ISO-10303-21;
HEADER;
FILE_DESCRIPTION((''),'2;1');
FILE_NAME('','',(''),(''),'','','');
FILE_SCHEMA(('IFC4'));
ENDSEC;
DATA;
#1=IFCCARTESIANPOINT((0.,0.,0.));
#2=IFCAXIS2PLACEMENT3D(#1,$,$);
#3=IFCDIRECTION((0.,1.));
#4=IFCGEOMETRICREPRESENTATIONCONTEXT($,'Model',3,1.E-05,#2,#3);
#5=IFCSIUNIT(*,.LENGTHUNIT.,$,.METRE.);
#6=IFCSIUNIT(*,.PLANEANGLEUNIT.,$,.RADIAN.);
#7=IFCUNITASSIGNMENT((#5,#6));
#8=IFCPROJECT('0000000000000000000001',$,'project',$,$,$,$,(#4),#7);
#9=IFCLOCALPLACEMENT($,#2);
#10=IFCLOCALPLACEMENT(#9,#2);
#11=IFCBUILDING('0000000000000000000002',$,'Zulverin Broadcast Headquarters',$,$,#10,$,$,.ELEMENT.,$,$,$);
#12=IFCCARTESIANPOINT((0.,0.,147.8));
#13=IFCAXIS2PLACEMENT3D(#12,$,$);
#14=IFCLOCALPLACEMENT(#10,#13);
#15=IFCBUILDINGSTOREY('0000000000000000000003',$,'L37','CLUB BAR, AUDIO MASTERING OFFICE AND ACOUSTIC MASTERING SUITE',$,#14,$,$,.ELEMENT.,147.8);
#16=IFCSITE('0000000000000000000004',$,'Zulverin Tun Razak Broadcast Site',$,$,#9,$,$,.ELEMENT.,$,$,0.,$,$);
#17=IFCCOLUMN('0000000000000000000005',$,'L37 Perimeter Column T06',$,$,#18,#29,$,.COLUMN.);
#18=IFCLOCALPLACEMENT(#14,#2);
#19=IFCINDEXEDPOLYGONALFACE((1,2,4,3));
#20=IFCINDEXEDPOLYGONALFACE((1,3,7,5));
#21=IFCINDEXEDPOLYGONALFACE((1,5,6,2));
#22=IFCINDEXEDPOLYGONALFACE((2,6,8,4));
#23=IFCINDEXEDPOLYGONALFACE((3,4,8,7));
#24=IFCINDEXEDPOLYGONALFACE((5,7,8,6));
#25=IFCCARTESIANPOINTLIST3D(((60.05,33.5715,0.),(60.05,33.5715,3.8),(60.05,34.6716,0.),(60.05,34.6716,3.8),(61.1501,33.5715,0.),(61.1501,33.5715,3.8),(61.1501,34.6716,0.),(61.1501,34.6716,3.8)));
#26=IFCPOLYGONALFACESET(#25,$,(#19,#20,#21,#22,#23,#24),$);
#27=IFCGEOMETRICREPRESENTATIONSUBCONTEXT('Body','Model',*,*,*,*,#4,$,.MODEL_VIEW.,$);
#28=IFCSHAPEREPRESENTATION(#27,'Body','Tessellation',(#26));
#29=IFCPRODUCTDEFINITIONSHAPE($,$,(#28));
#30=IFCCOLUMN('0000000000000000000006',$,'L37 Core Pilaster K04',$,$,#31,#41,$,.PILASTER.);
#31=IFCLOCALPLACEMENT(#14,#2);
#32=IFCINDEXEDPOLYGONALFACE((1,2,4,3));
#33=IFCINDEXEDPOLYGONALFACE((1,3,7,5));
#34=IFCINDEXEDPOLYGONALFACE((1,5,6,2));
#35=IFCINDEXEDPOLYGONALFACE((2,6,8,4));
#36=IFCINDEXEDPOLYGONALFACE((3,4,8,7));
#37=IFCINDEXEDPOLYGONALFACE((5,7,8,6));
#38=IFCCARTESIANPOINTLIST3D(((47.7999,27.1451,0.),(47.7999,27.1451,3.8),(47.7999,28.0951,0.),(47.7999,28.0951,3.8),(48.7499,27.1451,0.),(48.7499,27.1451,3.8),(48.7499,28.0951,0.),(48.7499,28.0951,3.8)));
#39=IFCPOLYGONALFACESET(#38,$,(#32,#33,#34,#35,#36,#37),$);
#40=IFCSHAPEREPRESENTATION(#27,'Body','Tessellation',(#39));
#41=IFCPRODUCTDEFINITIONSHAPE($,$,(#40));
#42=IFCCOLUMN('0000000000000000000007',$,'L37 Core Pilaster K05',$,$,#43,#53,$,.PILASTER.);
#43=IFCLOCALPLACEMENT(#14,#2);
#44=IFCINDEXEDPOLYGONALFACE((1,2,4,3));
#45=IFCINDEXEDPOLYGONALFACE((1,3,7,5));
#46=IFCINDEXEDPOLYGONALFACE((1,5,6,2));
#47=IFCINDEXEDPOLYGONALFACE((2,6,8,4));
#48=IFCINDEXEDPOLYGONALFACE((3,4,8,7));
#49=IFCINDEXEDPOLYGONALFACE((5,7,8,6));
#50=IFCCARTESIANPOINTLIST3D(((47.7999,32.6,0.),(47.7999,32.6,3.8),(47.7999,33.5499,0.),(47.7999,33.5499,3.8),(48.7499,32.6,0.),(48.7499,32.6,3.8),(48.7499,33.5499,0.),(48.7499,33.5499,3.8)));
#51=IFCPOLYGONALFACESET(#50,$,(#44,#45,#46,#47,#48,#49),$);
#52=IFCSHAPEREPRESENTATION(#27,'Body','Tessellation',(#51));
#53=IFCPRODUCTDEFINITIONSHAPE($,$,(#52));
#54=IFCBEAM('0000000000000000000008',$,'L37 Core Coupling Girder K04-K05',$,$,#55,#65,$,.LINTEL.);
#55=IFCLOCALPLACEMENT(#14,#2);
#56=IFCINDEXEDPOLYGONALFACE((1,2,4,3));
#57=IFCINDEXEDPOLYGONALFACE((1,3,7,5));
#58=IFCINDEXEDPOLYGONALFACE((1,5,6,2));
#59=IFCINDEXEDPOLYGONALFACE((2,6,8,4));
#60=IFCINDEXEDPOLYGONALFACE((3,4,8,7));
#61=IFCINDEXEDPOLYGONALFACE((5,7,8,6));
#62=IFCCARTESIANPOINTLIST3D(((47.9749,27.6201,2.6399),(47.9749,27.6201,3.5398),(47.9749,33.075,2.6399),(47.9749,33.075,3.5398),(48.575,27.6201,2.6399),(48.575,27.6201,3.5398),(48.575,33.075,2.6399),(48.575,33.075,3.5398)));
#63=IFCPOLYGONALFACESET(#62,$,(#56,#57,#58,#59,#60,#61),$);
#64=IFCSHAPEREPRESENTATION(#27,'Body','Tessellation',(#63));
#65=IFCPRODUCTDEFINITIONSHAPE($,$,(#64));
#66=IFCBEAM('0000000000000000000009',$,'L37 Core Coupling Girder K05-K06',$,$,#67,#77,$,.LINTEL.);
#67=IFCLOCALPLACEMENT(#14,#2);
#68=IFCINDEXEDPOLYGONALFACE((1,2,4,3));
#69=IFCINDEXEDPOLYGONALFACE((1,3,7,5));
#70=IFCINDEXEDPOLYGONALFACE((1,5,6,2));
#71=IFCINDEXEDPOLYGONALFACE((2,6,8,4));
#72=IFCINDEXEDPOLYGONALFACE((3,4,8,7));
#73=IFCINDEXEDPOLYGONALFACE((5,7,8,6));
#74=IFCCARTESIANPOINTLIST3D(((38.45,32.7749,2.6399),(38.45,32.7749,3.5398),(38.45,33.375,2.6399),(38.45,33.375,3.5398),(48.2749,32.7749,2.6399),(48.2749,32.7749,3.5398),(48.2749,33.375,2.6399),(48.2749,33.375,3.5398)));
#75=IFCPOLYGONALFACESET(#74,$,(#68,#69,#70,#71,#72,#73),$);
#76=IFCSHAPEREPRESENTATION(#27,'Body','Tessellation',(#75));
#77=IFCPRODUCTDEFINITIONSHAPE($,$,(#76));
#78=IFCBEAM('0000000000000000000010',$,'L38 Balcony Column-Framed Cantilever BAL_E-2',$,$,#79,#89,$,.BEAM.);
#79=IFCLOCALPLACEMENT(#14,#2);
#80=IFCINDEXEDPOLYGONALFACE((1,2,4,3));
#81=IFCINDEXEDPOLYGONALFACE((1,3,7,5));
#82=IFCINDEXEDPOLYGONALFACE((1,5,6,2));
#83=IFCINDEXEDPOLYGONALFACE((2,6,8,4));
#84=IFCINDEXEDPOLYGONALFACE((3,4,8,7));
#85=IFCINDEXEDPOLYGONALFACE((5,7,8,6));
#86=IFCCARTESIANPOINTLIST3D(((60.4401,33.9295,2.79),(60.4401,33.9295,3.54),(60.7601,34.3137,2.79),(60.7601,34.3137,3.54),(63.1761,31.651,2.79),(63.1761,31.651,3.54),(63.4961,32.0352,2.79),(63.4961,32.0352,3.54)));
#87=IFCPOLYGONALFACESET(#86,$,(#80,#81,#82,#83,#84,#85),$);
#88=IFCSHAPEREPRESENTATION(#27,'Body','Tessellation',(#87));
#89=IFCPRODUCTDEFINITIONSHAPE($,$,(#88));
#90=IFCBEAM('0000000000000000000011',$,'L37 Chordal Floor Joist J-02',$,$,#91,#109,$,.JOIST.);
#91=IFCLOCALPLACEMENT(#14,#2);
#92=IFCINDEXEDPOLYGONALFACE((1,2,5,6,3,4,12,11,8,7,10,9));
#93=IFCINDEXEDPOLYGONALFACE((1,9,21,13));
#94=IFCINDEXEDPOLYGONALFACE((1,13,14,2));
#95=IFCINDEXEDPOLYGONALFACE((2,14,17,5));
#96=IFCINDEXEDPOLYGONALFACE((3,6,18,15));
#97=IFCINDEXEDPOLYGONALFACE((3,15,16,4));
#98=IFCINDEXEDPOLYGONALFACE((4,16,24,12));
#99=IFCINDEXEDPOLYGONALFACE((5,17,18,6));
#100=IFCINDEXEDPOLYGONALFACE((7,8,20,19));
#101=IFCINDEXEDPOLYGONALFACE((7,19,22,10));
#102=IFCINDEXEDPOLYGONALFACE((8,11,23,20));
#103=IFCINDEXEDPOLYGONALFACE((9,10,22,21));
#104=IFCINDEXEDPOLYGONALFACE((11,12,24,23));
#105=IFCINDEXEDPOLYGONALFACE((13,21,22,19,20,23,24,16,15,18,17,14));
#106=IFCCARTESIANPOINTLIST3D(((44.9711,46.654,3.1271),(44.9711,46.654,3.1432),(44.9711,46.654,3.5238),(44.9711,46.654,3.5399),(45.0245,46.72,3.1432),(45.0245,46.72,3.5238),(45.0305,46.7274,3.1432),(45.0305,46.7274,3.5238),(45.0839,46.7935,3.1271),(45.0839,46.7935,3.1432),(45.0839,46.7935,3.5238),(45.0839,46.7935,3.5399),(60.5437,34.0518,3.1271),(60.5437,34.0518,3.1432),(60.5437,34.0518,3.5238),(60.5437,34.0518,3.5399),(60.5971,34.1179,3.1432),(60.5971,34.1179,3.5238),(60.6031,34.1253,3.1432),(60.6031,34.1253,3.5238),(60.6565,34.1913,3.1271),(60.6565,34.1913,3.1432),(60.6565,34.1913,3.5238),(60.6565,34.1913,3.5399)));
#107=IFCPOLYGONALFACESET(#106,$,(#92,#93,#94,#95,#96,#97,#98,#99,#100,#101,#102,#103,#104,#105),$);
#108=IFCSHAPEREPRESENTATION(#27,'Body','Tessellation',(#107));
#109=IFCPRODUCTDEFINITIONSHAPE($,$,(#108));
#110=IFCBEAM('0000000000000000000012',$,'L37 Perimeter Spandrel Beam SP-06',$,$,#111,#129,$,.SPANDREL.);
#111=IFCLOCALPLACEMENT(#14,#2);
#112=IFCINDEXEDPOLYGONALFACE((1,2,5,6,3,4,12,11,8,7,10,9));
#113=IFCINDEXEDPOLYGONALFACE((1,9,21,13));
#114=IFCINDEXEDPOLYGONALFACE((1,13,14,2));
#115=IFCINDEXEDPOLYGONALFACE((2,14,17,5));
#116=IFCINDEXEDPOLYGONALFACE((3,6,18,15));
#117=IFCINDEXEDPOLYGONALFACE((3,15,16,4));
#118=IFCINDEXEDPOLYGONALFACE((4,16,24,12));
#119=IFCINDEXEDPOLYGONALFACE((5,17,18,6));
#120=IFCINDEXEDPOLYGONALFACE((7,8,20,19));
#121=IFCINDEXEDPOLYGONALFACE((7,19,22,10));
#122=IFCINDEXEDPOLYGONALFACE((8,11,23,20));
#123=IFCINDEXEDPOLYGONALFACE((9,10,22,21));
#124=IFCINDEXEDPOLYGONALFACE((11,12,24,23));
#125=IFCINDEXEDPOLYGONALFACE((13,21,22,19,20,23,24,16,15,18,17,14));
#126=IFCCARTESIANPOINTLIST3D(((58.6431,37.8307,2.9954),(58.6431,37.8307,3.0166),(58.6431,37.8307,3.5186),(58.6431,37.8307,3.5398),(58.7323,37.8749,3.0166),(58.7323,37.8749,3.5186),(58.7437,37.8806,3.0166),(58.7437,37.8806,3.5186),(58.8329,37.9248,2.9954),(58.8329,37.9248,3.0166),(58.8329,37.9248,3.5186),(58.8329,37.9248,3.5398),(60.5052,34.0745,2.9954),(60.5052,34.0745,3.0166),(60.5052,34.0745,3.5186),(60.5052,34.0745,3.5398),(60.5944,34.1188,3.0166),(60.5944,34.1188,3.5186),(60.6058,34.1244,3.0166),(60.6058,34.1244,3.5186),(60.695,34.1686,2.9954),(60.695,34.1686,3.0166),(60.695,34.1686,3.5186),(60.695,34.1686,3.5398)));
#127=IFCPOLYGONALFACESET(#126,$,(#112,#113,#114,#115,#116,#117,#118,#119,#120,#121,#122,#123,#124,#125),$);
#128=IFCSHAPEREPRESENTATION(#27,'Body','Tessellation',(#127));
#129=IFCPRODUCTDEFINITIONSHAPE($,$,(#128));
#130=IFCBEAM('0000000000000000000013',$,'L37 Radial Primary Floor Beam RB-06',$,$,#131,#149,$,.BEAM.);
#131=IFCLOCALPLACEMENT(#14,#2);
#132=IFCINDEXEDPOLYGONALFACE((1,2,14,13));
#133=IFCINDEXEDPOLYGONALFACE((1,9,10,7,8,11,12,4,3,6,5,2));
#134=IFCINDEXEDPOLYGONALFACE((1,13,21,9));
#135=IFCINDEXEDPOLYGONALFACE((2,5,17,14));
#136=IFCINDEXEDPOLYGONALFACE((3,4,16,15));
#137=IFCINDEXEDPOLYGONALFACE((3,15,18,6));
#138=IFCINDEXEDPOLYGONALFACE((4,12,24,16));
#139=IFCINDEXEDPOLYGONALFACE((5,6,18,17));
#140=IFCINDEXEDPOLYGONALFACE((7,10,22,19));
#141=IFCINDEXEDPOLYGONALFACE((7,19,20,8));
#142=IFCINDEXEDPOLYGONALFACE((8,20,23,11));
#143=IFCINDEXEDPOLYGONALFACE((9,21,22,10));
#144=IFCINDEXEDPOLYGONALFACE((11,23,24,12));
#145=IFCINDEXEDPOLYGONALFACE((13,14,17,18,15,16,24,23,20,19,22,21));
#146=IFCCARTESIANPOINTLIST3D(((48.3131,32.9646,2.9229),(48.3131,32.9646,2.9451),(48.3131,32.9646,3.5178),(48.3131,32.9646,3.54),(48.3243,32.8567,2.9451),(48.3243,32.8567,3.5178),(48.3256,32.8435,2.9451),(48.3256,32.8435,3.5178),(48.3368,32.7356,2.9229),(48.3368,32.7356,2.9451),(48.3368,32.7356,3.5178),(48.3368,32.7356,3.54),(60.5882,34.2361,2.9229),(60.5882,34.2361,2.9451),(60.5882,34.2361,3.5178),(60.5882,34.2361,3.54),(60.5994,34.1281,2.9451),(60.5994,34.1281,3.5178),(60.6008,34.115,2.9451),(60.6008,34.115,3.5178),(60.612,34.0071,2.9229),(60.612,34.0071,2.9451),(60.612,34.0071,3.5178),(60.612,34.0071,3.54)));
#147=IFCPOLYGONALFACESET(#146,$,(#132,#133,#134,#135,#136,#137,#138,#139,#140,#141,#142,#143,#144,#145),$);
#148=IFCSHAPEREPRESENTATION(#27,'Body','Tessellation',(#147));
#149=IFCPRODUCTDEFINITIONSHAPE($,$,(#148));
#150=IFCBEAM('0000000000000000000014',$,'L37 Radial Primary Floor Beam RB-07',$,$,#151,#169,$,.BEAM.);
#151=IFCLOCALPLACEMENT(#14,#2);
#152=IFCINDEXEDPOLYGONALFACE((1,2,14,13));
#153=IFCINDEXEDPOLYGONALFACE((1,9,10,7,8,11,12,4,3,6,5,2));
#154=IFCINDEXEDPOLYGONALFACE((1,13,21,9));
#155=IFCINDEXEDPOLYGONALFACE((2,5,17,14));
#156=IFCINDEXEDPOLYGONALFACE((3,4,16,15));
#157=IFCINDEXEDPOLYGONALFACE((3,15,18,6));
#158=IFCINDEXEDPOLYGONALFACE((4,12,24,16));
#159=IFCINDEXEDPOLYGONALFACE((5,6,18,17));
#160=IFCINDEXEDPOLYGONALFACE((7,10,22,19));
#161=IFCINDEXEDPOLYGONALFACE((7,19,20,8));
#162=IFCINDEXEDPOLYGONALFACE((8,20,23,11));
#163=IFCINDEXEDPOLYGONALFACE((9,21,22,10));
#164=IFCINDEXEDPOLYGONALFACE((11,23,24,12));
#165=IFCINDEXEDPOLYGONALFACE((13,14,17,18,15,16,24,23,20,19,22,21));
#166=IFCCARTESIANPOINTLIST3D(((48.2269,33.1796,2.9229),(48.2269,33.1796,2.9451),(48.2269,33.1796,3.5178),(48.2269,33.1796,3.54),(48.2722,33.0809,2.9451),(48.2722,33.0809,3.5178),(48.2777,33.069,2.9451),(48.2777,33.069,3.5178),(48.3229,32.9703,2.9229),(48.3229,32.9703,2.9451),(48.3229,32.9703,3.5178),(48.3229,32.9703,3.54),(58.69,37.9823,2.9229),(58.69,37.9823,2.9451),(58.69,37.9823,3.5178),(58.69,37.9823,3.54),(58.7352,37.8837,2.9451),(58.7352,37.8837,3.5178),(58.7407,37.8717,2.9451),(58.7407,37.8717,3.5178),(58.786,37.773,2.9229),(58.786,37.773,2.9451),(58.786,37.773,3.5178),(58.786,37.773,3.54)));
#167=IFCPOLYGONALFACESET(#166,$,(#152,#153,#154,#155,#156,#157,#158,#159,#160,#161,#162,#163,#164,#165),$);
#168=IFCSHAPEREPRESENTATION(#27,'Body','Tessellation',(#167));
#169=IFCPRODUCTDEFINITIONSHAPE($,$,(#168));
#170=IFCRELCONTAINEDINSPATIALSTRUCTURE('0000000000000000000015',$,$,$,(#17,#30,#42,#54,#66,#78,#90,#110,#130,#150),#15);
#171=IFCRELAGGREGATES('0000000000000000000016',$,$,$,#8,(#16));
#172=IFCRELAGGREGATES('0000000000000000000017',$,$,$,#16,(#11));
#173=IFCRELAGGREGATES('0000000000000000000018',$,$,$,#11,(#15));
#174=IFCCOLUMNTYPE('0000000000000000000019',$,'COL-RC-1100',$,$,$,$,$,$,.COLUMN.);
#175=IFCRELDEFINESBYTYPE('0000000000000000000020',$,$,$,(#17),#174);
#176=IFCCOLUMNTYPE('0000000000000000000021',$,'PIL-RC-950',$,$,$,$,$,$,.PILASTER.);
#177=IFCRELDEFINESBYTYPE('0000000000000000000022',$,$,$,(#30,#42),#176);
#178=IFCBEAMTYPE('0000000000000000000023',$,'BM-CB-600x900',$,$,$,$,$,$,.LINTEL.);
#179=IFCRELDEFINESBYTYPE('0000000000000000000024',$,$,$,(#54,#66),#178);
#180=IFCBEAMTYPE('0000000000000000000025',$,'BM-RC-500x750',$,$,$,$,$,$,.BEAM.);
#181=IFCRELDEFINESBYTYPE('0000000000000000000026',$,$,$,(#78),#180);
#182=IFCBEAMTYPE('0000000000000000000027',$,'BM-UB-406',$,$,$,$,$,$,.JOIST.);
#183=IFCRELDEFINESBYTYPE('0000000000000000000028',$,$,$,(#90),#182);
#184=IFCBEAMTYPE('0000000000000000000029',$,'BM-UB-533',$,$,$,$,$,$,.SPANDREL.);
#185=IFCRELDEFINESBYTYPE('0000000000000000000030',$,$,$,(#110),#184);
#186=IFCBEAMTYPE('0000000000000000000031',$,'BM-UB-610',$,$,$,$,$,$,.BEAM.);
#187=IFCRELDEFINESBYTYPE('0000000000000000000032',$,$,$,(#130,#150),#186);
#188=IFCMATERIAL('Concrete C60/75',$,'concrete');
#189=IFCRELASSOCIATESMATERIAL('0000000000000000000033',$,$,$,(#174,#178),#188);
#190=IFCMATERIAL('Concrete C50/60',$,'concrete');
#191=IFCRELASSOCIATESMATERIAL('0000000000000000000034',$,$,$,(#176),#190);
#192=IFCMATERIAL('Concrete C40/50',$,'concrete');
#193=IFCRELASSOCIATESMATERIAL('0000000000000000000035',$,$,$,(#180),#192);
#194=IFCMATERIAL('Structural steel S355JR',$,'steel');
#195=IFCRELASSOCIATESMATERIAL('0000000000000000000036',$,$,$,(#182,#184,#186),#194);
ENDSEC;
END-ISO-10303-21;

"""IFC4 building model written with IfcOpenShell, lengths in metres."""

from ifc_helpers import new_model, si_unit, direction, frame, origin, origin_2d, place, context, subcontext, project, spatial, rectangle, i_section, extrude, material, material_profile, profile_set, type_object, element, save


model = new_model("IFC4")

# Units and contexts
model_context = context("Model", 3, precision=1e-05, world=origin(), true_north=direction((0.0, 1.0)))
body_context = subcontext(model_context, "Body", "Model", "MODEL_VIEW")
ifc_project = project(units=[si_unit("LENGTHUNIT", "METRE"), si_unit("PLANEANGLEUNIT", "RADIAN")], contexts=[model_context])

# Site, building, storey
site_placement = place(None, origin())
site = spatial("IfcSite", under=ifc_project, at=site_placement, Name="Zulverin Tun Razak Broadcast Site", CompositionType="ELEMENT", RefElevation=0.0)
building_placement = place(site_placement, origin())
building = spatial("IfcBuilding", under=site, at=building_placement, Name="Zulverin Broadcast Headquarters", CompositionType="ELEMENT")
storey_placement = place(building_placement, frame((0.0, 0.0, 147.8)))
storey = spatial("IfcBuildingStorey", under=building, at=storey_placement, Name="L37", Description="CLUB BAR, AUDIO MASTERING OFFICE AND ACOUSTIC MASTERING SUITE", CompositionType="ELEMENT", Elevation=147.8)

# Columns
ifc_material_1 = material(Name="Concrete C60/75", Category="concrete")
ifc_material_profile_1 = material_profile(ifc_material_1, rectangle(XDim=1.1001, YDim=1.1001, at=origin_2d()), Name="Concrete C60/75", Category="concrete")
ifc_profile_set_1 = profile_set([ifc_material_profile_1], Name="Concrete C60/75")
column_type_1 = type_object("IfcColumnType", Name="COL-RC-1100", PredefinedType="COLUMN", material=ifc_profile_set_1)
column_placement = place(storey_placement, frame((60.6001, 34.1216, 0.0), z_axis=(0.0, 0.0, 1.0), x_axis=(1.0, 0.0, 0.0)))
element("IfcColumn", 1, at=column_placement, inside=storey, type_object=column_type_1, Name="L37 Perimeter Column T06", PredefinedType="COLUMN", context=body_context, shape_type="SweptSolid", body=[
    extrude(rectangle(XDim=1.1001, YDim=1.1001, at=origin_2d()), origin(), (0.0, 0.0, 1.0), 3.8),
])
ifc_material_2 = material(Name="Concrete C50/60", Category="concrete")
ifc_material_profile_2 = material_profile(ifc_material_2, rectangle(XDim=0.95, YDim=0.95, at=origin_2d()), Name="Concrete C50/60", Category="concrete")
ifc_profile_set_2 = profile_set([ifc_material_profile_2], Name="Concrete C50/60")
column_type_2 = type_object("IfcColumnType", Name="PIL-RC-950", PredefinedType="PILASTER", material=ifc_profile_set_2)
for number, where, z_axis, x_axis, name in (
    (2, (48.2749, 27.6201, 0.0), (0.0, 0.0, 1.0), (1.0, 0.0, 0.0), "L37 Core Pilaster K04"),
    (3, (48.2749, 33.075, 0.0), (0.0, 0.0, 1.0), (1.0, 0.0, 0.0), "L37 Core Pilaster K05"),
):
    element("IfcColumn", number, at=place(storey_placement, frame(where, z_axis=z_axis, x_axis=x_axis)), inside=storey, type_object=column_type_2, Name=name, PredefinedType="PILASTER", context=body_context, shape_type="SweptSolid", body=[
        extrude(rectangle(XDim=0.95, YDim=0.95, at=origin_2d()), origin(), (0.0, 0.0, 1.0), 3.8),
    ])

# Beams
ifc_material_profile_3 = material_profile(ifc_material_1, rectangle(XDim=0.6001, YDim=0.8999, at=origin_2d()), Name="Concrete C60/75", Category="concrete")
ifc_profile_set_3 = profile_set([ifc_material_profile_3], Name="Concrete C60/75")
beam_type_1 = type_object("IfcBeamType", Name="BM-CB-600x900", PredefinedType="LINTEL", material=ifc_profile_set_3)
beam_1_placement = place(storey_placement, frame((48.2749, 27.6201, 3.0898), z_axis=(0.0, 1.0, 0.0), x_axis=(-1.0, 0.0, 0.0)))
element("IfcBeam", 4, at=beam_1_placement, inside=storey, type_object=beam_type_1, Name="L37 Core Coupling Girder K04-K05", PredefinedType="LINTEL", context=body_context, shape_type="SweptSolid", body=[
    extrude(rectangle(XDim=0.6001, YDim=0.8999, at=origin_2d()), origin(), (0.0, 0.0, 1.0), 5.4548),
])
beam_2_placement = place(storey_placement, frame((48.2749, 33.075, 3.0898), z_axis=(-1.0, 0.0, 0.0), x_axis=(0.0, -1.0, 0.0)))
element("IfcBeam", 5, at=beam_2_placement, inside=storey, type_object=beam_type_1, Name="L37 Core Coupling Girder K05-K06", PredefinedType="LINTEL", context=body_context, shape_type="SweptSolid", body=[
    extrude(rectangle(XDim=0.6001, YDim=0.8999, at=origin_2d()), origin(), (0.0, 0.0, 1.0), 9.825),
])
ifc_material_3 = material(Name="Concrete C40/50", Category="concrete")
ifc_material_profile_4 = material_profile(ifc_material_3, rectangle(XDim=0.5, YDim=0.75, at=origin_2d()), Name="Concrete C40/50", Category="concrete")
ifc_profile_set_4 = profile_set([ifc_material_profile_4], Name="Concrete C40/50")
beam_type_2 = type_object("IfcBeamType", Name="BM-RC-500x750", PredefinedType="BEAM", material=ifc_profile_set_4)
beam_3_placement = place(storey_placement, frame((60.6001, 34.1216, 3.165), z_axis=(0.768429, -0.639935, 0.0), x_axis=(0.639935, 0.768429, 0.0)))
element("IfcBeam", 6, at=beam_3_placement, inside=storey, type_object=beam_type_2, Name="L38 Balcony Column-Framed Cantilever BAL_E-2", PredefinedType="BEAM", context=body_context, shape_type="SweptSolid", body=[
    extrude(rectangle(XDim=0.5, YDim=0.75, at=origin_2d()), origin(), (0.0, 0.0, 1.0), 3.5605),
])
ifc_material_4 = material(Name="Structural steel S355JR", Category="steel")
ifc_material_profile_5 = material_profile(ifc_material_4, i_section(OverallWidth=0.1794, OverallDepth=0.4128, WebThickness=0.0095, FlangeThickness=0.0161, at=origin_2d()), Name="Structural steel S355JR", Category="steel")
ifc_profile_set_5 = profile_set([ifc_material_profile_5], Name="Structural steel S355JR")
beam_type_3 = type_object("IfcBeamType", Name="BM-UB-406", PredefinedType="JOIST", material=ifc_profile_set_5)
beam_4_placement = place(storey_placement, frame((60.6001, 34.1216, 3.3335), z_axis=(-0.777349, 0.62907, 0.0), x_axis=(-0.62907, -0.777349, 0.0)))
element("IfcBeam", 7, at=beam_4_placement, inside=storey, type_object=beam_type_3, Name="L37 Chordal Floor Joist J-02", PredefinedType="JOIST", context=body_context, shape_type="SweptSolid", body=[
    extrude(i_section(OverallWidth=0.1794, OverallDepth=0.4128, WebThickness=0.0095, FlangeThickness=0.0161, at=origin_2d()), origin(), (0.0, 0.0, 1.0), 20.033),
])
ifc_material_profile_6 = material_profile(ifc_material_4, i_section(OverallWidth=0.2119, OverallDepth=0.5444, WebThickness=0.0127, FlangeThickness=0.0212, at=origin_2d()), Name="Structural steel S355JR", Category="steel")
ifc_profile_set_6 = profile_set([ifc_material_profile_6], Name="Structural steel S355JR")
beam_type_4 = type_object("IfcBeamType", Name="BM-UB-533", PredefinedType="SPANDREL", material=ifc_profile_set_6)
beam_5_placement = place(storey_placement, frame((60.6001, 34.1216, 3.2676), z_axis=(-0.444159, 0.895948, 0.0), x_axis=(-0.895948, -0.444159, 0.0)))
element("IfcBeam", 8, at=beam_5_placement, inside=storey, type_object=beam_type_4, Name="L37 Perimeter Spandrel Beam SP-06", PredefinedType="SPANDREL", context=body_context, shape_type="SweptSolid", body=[
    extrude(i_section(OverallWidth=0.2119, OverallDepth=0.5444, WebThickness=0.0127, FlangeThickness=0.0212, at=origin_2d()), origin(), (0.0, 0.0, 1.0), 4.1924),
])
ifc_material_profile_7 = material_profile(ifc_material_4, i_section(OverallWidth=0.2302, OverallDepth=0.6172, WebThickness=0.0132, FlangeThickness=0.0222, at=origin_2d()), Name="Structural steel S355JR", Category="steel")
ifc_profile_set_7 = profile_set([ifc_material_profile_7], Name="Structural steel S355JR")
beam_type_5 = type_object("IfcBeamType", Name="BM-UB-610", PredefinedType="BEAM", material=ifc_profile_set_7)
beam_6_placement = place(storey_placement, frame((48.325, 32.8501, 3.2314), z_axis=(0.994678, 0.103031, 0.0), x_axis=(-0.103031, 0.994678, 0.0)))
element("IfcBeam", 9, at=beam_6_placement, inside=storey, type_object=beam_type_5, Name="L37 Radial Primary Floor Beam RB-06", PredefinedType="BEAM", context=body_context, shape_type="SweptSolid", body=[
    extrude(i_section(OverallWidth=0.2302, OverallDepth=0.6172, WebThickness=0.0132, FlangeThickness=0.0222, at=origin_2d()), origin(), (0.0, 0.0, 1.0), 12.3408),
])
beam_7_placement = place(storey_placement, frame((48.2749, 33.075, 3.2314), z_axis=(0.90883, 0.417167, 0.0), x_axis=(-0.417167, 0.90883, 0.0)))
element("IfcBeam", 10, at=beam_7_placement, inside=storey, type_object=beam_type_5, Name="L37 Radial Primary Floor Beam RB-07", PredefinedType="BEAM", context=body_context, shape_type="SweptSolid", body=[
    extrude(i_section(OverallWidth=0.2302, OverallDepth=0.6172, WebThickness=0.0132, FlangeThickness=0.0222, at=origin_2d()), origin(), (0.0, 0.0, 1.0), 11.5127),
])

save(model, "model.ifc")
